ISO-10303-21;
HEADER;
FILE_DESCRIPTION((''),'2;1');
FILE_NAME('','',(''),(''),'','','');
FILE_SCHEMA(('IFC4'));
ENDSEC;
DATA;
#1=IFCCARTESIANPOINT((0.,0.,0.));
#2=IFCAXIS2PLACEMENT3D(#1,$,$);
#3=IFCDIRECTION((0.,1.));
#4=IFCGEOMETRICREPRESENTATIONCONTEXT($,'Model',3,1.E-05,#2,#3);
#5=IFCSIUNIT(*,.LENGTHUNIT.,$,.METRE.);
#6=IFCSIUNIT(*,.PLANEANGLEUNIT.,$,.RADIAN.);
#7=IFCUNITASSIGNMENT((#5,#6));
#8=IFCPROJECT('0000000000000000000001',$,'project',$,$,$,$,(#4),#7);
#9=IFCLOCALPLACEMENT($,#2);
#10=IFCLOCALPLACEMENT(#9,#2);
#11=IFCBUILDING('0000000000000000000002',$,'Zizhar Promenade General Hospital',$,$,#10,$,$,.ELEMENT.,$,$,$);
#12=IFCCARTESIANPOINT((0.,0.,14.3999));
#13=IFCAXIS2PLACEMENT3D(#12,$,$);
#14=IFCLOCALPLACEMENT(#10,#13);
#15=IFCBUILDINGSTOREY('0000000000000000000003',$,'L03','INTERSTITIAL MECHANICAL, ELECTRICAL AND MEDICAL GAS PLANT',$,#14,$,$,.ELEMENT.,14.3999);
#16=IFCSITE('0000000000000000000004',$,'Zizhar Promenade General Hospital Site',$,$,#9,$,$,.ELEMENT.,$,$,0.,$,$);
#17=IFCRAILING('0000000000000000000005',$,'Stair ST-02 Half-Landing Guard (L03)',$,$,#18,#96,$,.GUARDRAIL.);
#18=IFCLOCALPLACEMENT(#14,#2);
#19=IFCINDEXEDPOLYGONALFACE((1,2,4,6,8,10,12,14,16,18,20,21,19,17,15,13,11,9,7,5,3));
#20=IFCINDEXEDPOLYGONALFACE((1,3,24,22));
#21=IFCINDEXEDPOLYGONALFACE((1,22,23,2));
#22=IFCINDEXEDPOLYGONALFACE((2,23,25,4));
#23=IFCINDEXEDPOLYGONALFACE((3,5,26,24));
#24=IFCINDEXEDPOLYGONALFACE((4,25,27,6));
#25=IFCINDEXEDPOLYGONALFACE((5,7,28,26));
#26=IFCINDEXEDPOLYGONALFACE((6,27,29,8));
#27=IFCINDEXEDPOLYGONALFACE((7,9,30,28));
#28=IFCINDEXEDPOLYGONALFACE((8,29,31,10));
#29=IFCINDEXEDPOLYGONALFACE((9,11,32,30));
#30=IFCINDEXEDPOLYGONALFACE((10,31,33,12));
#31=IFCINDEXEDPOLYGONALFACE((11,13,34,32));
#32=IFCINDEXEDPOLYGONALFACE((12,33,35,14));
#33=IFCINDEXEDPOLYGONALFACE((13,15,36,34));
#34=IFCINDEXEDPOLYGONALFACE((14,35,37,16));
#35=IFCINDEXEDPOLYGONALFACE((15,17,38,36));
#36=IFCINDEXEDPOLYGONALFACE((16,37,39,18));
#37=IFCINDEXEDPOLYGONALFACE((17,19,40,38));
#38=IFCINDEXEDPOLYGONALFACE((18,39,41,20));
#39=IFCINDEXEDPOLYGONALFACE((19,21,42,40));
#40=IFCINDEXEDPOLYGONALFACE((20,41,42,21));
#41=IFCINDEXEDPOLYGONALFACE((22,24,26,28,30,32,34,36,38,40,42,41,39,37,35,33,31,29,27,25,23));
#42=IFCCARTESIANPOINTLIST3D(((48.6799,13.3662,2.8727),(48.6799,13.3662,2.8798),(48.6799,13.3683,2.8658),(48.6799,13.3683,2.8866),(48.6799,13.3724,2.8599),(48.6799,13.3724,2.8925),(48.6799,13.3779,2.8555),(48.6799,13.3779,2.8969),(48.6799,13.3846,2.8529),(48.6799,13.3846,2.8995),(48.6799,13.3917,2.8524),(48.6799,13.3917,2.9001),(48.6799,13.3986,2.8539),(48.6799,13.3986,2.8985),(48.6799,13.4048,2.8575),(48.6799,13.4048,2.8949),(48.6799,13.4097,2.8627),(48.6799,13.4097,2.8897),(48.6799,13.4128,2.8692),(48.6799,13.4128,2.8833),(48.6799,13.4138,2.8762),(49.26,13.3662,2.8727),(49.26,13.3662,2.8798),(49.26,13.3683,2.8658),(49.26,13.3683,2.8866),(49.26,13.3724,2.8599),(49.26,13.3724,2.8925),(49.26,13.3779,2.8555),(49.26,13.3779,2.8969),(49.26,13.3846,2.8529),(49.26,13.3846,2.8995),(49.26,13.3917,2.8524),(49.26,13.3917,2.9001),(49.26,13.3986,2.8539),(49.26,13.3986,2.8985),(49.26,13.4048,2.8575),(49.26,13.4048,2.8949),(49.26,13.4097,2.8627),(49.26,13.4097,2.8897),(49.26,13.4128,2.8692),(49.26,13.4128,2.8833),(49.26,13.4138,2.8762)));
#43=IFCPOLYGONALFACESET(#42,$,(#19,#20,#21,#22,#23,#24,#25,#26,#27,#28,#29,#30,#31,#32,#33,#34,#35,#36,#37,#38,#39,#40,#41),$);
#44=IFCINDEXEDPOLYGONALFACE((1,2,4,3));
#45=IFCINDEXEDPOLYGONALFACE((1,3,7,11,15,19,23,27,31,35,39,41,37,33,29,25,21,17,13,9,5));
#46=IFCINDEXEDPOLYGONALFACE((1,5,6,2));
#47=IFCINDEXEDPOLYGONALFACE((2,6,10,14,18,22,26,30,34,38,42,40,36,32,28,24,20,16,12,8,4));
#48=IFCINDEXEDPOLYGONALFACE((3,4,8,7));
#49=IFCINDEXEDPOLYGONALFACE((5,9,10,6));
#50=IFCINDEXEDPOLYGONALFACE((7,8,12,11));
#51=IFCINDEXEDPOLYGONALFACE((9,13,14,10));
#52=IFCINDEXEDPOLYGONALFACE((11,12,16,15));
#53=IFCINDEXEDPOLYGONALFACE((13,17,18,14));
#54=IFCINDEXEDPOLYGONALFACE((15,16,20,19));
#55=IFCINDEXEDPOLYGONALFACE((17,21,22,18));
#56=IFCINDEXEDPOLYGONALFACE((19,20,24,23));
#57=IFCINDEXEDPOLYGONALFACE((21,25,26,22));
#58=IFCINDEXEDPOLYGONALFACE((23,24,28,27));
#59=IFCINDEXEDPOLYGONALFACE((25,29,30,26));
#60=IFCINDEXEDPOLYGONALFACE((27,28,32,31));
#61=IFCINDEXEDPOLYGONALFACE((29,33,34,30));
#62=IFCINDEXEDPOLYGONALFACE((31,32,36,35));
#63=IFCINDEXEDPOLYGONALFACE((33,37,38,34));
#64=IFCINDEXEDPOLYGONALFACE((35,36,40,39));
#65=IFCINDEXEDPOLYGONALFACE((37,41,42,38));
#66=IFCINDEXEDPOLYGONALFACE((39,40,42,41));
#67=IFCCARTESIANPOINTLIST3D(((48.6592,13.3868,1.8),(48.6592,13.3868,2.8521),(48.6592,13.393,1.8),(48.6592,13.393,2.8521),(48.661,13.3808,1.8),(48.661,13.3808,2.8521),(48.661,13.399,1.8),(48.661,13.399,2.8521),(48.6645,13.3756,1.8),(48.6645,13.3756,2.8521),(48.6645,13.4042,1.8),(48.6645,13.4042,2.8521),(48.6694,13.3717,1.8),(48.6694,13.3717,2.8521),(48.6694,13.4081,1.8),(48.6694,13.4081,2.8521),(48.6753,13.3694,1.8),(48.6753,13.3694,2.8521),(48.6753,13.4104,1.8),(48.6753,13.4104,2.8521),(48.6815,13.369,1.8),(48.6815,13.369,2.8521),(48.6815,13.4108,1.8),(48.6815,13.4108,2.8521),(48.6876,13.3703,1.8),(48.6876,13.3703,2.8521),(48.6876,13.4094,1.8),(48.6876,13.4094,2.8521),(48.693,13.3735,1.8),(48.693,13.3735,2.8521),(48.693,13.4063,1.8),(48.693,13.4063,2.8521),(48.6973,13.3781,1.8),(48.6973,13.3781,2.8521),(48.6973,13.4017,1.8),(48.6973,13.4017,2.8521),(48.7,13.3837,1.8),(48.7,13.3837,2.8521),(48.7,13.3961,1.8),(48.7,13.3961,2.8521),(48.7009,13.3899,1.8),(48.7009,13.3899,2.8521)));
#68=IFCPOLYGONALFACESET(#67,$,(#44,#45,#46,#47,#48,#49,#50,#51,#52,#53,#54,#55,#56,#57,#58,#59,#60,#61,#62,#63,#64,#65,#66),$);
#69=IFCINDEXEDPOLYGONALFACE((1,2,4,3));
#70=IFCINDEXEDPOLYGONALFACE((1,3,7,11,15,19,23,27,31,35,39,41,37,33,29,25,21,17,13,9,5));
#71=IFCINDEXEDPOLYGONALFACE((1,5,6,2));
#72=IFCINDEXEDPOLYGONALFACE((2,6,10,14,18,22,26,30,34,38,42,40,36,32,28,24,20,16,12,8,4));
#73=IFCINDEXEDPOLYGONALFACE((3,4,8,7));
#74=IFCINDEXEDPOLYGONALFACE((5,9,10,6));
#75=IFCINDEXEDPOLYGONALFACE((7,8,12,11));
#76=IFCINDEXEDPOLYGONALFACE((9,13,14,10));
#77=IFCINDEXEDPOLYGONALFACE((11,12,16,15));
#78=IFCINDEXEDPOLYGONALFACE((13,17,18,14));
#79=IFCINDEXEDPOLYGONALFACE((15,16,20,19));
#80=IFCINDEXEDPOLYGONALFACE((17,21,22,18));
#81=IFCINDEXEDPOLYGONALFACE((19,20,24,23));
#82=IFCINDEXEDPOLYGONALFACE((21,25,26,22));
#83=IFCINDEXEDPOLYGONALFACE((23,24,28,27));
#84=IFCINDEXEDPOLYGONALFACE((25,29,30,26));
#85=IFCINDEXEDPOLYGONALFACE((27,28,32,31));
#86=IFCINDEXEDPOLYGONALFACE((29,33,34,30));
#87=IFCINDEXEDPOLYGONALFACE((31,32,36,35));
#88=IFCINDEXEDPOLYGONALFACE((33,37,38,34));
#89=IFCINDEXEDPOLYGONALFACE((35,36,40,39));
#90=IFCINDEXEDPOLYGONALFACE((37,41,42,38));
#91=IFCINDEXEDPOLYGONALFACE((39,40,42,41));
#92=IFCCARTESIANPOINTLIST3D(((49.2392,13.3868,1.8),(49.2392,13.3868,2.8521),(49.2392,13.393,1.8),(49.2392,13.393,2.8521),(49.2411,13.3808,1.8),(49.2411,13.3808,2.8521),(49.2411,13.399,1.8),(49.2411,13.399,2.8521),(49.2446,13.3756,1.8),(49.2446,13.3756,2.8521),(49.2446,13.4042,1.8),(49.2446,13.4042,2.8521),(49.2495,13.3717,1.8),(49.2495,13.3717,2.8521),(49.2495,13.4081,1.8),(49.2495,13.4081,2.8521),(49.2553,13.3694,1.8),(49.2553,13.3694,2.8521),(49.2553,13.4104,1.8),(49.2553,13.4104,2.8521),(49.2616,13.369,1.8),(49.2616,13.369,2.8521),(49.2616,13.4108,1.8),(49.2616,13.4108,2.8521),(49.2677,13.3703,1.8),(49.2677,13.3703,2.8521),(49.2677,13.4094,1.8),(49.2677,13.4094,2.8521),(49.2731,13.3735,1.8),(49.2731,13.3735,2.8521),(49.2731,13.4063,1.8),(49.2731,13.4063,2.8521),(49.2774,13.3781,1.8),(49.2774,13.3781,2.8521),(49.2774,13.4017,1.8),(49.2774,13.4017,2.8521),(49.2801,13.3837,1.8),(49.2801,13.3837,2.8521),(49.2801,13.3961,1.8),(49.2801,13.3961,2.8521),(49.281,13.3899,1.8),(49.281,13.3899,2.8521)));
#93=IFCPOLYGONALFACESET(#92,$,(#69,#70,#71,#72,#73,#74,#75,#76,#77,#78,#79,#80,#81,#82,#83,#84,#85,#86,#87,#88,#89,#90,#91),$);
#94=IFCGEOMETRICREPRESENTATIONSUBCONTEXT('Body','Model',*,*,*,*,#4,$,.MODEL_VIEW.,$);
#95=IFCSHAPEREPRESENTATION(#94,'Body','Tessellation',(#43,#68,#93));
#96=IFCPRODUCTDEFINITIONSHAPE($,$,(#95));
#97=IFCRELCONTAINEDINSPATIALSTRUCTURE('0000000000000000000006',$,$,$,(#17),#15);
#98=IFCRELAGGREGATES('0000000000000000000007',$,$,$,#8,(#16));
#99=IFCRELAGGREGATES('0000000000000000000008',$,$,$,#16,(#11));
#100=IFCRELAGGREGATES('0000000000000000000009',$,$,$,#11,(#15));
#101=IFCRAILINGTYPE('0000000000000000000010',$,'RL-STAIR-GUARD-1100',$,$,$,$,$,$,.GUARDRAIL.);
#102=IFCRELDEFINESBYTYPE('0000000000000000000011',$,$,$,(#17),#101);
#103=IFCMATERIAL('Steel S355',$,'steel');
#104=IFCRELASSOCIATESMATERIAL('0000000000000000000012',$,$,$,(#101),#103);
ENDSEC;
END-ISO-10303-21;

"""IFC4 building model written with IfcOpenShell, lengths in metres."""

from ifc_helpers import new_model, si_unit, direction, frame, origin, origin_2d, place, context, subcontext, project, spatial, circle, hollow_circle, extrude, material, material_profile, profile_set, type_object, element, save


model = new_model("IFC4")

# Units and contexts
model_context = context("Model", 3, precision=1e-05, world=origin(), true_north=direction((0.0, 1.0)))
body_context = subcontext(model_context, "Body", "Model", "MODEL_VIEW")
ifc_project = project(units=[si_unit("LENGTHUNIT", "METRE"), si_unit("PLANEANGLEUNIT", "RADIAN")], contexts=[model_context])

# Site, building, storey
site_placement = place(None, origin())
site = spatial("IfcSite", under=ifc_project, at=site_placement, Name="Zizhar Promenade General Hospital Site", CompositionType="ELEMENT", RefElevation=0.0)
building_placement = place(site_placement, origin())
building = spatial("IfcBuilding", under=site, at=building_placement, Name="Zizhar Promenade General Hospital", CompositionType="ELEMENT")
storey_placement = place(building_placement, frame((0.0, 0.0, 14.3999)))
storey = spatial("IfcBuildingStorey", under=building, at=storey_placement, Name="L03", Description="INTERSTITIAL MECHANICAL, ELECTRICAL AND MEDICAL GAS PLANT", CompositionType="ELEMENT", Elevation=14.3999)

# Railing
ifc_material_1 = material(Name="Steel S355", Category="steel")
ifc_material_profile_1 = material_profile(ifc_material_1, hollow_circle(Radius=0.0698, WallThickness=0.0063, at=origin_2d()))
ifc_profile_set_1 = profile_set([ifc_material_profile_1], Name="Steel S355")
railing_type_1 = type_object("IfcRailingType", Name="RL-STAIR-GUARD-1100", PredefinedType="GUARDRAIL", material=ifc_profile_set_1)
railing_1_placement = place(storey_placement, frame((48.6799, 13.3899, 1.8)))
element("IfcRailing", 1, at=railing_1_placement, inside=storey, type_object=railing_type_1, Name="Stair ST-02 Half-Landing Guard (L03)", PredefinedType="GUARDRAIL", context=body_context, shape_type="SweptSolid", body=[
    extrude(circle(Radius=0.0239, at=origin_2d()), frame((0.0, 0.0, 1.0762), z_axis=(1.0, 0.0, 0.0), x_axis=(0.0, 1.0, 0.0)), (0.0, 0.0, 1.0), 0.5801),
    extrude(circle(Radius=0.021, at=origin_2d()), origin(), (0.0, 0.0, 1.0), 1.052),
    extrude(circle(Radius=0.021, at=origin_2d()), frame((0.5801, 0.0, 0.0)), (0.0, 0.0, 1.0), 1.052),
])

save(model, "model.ifc")
